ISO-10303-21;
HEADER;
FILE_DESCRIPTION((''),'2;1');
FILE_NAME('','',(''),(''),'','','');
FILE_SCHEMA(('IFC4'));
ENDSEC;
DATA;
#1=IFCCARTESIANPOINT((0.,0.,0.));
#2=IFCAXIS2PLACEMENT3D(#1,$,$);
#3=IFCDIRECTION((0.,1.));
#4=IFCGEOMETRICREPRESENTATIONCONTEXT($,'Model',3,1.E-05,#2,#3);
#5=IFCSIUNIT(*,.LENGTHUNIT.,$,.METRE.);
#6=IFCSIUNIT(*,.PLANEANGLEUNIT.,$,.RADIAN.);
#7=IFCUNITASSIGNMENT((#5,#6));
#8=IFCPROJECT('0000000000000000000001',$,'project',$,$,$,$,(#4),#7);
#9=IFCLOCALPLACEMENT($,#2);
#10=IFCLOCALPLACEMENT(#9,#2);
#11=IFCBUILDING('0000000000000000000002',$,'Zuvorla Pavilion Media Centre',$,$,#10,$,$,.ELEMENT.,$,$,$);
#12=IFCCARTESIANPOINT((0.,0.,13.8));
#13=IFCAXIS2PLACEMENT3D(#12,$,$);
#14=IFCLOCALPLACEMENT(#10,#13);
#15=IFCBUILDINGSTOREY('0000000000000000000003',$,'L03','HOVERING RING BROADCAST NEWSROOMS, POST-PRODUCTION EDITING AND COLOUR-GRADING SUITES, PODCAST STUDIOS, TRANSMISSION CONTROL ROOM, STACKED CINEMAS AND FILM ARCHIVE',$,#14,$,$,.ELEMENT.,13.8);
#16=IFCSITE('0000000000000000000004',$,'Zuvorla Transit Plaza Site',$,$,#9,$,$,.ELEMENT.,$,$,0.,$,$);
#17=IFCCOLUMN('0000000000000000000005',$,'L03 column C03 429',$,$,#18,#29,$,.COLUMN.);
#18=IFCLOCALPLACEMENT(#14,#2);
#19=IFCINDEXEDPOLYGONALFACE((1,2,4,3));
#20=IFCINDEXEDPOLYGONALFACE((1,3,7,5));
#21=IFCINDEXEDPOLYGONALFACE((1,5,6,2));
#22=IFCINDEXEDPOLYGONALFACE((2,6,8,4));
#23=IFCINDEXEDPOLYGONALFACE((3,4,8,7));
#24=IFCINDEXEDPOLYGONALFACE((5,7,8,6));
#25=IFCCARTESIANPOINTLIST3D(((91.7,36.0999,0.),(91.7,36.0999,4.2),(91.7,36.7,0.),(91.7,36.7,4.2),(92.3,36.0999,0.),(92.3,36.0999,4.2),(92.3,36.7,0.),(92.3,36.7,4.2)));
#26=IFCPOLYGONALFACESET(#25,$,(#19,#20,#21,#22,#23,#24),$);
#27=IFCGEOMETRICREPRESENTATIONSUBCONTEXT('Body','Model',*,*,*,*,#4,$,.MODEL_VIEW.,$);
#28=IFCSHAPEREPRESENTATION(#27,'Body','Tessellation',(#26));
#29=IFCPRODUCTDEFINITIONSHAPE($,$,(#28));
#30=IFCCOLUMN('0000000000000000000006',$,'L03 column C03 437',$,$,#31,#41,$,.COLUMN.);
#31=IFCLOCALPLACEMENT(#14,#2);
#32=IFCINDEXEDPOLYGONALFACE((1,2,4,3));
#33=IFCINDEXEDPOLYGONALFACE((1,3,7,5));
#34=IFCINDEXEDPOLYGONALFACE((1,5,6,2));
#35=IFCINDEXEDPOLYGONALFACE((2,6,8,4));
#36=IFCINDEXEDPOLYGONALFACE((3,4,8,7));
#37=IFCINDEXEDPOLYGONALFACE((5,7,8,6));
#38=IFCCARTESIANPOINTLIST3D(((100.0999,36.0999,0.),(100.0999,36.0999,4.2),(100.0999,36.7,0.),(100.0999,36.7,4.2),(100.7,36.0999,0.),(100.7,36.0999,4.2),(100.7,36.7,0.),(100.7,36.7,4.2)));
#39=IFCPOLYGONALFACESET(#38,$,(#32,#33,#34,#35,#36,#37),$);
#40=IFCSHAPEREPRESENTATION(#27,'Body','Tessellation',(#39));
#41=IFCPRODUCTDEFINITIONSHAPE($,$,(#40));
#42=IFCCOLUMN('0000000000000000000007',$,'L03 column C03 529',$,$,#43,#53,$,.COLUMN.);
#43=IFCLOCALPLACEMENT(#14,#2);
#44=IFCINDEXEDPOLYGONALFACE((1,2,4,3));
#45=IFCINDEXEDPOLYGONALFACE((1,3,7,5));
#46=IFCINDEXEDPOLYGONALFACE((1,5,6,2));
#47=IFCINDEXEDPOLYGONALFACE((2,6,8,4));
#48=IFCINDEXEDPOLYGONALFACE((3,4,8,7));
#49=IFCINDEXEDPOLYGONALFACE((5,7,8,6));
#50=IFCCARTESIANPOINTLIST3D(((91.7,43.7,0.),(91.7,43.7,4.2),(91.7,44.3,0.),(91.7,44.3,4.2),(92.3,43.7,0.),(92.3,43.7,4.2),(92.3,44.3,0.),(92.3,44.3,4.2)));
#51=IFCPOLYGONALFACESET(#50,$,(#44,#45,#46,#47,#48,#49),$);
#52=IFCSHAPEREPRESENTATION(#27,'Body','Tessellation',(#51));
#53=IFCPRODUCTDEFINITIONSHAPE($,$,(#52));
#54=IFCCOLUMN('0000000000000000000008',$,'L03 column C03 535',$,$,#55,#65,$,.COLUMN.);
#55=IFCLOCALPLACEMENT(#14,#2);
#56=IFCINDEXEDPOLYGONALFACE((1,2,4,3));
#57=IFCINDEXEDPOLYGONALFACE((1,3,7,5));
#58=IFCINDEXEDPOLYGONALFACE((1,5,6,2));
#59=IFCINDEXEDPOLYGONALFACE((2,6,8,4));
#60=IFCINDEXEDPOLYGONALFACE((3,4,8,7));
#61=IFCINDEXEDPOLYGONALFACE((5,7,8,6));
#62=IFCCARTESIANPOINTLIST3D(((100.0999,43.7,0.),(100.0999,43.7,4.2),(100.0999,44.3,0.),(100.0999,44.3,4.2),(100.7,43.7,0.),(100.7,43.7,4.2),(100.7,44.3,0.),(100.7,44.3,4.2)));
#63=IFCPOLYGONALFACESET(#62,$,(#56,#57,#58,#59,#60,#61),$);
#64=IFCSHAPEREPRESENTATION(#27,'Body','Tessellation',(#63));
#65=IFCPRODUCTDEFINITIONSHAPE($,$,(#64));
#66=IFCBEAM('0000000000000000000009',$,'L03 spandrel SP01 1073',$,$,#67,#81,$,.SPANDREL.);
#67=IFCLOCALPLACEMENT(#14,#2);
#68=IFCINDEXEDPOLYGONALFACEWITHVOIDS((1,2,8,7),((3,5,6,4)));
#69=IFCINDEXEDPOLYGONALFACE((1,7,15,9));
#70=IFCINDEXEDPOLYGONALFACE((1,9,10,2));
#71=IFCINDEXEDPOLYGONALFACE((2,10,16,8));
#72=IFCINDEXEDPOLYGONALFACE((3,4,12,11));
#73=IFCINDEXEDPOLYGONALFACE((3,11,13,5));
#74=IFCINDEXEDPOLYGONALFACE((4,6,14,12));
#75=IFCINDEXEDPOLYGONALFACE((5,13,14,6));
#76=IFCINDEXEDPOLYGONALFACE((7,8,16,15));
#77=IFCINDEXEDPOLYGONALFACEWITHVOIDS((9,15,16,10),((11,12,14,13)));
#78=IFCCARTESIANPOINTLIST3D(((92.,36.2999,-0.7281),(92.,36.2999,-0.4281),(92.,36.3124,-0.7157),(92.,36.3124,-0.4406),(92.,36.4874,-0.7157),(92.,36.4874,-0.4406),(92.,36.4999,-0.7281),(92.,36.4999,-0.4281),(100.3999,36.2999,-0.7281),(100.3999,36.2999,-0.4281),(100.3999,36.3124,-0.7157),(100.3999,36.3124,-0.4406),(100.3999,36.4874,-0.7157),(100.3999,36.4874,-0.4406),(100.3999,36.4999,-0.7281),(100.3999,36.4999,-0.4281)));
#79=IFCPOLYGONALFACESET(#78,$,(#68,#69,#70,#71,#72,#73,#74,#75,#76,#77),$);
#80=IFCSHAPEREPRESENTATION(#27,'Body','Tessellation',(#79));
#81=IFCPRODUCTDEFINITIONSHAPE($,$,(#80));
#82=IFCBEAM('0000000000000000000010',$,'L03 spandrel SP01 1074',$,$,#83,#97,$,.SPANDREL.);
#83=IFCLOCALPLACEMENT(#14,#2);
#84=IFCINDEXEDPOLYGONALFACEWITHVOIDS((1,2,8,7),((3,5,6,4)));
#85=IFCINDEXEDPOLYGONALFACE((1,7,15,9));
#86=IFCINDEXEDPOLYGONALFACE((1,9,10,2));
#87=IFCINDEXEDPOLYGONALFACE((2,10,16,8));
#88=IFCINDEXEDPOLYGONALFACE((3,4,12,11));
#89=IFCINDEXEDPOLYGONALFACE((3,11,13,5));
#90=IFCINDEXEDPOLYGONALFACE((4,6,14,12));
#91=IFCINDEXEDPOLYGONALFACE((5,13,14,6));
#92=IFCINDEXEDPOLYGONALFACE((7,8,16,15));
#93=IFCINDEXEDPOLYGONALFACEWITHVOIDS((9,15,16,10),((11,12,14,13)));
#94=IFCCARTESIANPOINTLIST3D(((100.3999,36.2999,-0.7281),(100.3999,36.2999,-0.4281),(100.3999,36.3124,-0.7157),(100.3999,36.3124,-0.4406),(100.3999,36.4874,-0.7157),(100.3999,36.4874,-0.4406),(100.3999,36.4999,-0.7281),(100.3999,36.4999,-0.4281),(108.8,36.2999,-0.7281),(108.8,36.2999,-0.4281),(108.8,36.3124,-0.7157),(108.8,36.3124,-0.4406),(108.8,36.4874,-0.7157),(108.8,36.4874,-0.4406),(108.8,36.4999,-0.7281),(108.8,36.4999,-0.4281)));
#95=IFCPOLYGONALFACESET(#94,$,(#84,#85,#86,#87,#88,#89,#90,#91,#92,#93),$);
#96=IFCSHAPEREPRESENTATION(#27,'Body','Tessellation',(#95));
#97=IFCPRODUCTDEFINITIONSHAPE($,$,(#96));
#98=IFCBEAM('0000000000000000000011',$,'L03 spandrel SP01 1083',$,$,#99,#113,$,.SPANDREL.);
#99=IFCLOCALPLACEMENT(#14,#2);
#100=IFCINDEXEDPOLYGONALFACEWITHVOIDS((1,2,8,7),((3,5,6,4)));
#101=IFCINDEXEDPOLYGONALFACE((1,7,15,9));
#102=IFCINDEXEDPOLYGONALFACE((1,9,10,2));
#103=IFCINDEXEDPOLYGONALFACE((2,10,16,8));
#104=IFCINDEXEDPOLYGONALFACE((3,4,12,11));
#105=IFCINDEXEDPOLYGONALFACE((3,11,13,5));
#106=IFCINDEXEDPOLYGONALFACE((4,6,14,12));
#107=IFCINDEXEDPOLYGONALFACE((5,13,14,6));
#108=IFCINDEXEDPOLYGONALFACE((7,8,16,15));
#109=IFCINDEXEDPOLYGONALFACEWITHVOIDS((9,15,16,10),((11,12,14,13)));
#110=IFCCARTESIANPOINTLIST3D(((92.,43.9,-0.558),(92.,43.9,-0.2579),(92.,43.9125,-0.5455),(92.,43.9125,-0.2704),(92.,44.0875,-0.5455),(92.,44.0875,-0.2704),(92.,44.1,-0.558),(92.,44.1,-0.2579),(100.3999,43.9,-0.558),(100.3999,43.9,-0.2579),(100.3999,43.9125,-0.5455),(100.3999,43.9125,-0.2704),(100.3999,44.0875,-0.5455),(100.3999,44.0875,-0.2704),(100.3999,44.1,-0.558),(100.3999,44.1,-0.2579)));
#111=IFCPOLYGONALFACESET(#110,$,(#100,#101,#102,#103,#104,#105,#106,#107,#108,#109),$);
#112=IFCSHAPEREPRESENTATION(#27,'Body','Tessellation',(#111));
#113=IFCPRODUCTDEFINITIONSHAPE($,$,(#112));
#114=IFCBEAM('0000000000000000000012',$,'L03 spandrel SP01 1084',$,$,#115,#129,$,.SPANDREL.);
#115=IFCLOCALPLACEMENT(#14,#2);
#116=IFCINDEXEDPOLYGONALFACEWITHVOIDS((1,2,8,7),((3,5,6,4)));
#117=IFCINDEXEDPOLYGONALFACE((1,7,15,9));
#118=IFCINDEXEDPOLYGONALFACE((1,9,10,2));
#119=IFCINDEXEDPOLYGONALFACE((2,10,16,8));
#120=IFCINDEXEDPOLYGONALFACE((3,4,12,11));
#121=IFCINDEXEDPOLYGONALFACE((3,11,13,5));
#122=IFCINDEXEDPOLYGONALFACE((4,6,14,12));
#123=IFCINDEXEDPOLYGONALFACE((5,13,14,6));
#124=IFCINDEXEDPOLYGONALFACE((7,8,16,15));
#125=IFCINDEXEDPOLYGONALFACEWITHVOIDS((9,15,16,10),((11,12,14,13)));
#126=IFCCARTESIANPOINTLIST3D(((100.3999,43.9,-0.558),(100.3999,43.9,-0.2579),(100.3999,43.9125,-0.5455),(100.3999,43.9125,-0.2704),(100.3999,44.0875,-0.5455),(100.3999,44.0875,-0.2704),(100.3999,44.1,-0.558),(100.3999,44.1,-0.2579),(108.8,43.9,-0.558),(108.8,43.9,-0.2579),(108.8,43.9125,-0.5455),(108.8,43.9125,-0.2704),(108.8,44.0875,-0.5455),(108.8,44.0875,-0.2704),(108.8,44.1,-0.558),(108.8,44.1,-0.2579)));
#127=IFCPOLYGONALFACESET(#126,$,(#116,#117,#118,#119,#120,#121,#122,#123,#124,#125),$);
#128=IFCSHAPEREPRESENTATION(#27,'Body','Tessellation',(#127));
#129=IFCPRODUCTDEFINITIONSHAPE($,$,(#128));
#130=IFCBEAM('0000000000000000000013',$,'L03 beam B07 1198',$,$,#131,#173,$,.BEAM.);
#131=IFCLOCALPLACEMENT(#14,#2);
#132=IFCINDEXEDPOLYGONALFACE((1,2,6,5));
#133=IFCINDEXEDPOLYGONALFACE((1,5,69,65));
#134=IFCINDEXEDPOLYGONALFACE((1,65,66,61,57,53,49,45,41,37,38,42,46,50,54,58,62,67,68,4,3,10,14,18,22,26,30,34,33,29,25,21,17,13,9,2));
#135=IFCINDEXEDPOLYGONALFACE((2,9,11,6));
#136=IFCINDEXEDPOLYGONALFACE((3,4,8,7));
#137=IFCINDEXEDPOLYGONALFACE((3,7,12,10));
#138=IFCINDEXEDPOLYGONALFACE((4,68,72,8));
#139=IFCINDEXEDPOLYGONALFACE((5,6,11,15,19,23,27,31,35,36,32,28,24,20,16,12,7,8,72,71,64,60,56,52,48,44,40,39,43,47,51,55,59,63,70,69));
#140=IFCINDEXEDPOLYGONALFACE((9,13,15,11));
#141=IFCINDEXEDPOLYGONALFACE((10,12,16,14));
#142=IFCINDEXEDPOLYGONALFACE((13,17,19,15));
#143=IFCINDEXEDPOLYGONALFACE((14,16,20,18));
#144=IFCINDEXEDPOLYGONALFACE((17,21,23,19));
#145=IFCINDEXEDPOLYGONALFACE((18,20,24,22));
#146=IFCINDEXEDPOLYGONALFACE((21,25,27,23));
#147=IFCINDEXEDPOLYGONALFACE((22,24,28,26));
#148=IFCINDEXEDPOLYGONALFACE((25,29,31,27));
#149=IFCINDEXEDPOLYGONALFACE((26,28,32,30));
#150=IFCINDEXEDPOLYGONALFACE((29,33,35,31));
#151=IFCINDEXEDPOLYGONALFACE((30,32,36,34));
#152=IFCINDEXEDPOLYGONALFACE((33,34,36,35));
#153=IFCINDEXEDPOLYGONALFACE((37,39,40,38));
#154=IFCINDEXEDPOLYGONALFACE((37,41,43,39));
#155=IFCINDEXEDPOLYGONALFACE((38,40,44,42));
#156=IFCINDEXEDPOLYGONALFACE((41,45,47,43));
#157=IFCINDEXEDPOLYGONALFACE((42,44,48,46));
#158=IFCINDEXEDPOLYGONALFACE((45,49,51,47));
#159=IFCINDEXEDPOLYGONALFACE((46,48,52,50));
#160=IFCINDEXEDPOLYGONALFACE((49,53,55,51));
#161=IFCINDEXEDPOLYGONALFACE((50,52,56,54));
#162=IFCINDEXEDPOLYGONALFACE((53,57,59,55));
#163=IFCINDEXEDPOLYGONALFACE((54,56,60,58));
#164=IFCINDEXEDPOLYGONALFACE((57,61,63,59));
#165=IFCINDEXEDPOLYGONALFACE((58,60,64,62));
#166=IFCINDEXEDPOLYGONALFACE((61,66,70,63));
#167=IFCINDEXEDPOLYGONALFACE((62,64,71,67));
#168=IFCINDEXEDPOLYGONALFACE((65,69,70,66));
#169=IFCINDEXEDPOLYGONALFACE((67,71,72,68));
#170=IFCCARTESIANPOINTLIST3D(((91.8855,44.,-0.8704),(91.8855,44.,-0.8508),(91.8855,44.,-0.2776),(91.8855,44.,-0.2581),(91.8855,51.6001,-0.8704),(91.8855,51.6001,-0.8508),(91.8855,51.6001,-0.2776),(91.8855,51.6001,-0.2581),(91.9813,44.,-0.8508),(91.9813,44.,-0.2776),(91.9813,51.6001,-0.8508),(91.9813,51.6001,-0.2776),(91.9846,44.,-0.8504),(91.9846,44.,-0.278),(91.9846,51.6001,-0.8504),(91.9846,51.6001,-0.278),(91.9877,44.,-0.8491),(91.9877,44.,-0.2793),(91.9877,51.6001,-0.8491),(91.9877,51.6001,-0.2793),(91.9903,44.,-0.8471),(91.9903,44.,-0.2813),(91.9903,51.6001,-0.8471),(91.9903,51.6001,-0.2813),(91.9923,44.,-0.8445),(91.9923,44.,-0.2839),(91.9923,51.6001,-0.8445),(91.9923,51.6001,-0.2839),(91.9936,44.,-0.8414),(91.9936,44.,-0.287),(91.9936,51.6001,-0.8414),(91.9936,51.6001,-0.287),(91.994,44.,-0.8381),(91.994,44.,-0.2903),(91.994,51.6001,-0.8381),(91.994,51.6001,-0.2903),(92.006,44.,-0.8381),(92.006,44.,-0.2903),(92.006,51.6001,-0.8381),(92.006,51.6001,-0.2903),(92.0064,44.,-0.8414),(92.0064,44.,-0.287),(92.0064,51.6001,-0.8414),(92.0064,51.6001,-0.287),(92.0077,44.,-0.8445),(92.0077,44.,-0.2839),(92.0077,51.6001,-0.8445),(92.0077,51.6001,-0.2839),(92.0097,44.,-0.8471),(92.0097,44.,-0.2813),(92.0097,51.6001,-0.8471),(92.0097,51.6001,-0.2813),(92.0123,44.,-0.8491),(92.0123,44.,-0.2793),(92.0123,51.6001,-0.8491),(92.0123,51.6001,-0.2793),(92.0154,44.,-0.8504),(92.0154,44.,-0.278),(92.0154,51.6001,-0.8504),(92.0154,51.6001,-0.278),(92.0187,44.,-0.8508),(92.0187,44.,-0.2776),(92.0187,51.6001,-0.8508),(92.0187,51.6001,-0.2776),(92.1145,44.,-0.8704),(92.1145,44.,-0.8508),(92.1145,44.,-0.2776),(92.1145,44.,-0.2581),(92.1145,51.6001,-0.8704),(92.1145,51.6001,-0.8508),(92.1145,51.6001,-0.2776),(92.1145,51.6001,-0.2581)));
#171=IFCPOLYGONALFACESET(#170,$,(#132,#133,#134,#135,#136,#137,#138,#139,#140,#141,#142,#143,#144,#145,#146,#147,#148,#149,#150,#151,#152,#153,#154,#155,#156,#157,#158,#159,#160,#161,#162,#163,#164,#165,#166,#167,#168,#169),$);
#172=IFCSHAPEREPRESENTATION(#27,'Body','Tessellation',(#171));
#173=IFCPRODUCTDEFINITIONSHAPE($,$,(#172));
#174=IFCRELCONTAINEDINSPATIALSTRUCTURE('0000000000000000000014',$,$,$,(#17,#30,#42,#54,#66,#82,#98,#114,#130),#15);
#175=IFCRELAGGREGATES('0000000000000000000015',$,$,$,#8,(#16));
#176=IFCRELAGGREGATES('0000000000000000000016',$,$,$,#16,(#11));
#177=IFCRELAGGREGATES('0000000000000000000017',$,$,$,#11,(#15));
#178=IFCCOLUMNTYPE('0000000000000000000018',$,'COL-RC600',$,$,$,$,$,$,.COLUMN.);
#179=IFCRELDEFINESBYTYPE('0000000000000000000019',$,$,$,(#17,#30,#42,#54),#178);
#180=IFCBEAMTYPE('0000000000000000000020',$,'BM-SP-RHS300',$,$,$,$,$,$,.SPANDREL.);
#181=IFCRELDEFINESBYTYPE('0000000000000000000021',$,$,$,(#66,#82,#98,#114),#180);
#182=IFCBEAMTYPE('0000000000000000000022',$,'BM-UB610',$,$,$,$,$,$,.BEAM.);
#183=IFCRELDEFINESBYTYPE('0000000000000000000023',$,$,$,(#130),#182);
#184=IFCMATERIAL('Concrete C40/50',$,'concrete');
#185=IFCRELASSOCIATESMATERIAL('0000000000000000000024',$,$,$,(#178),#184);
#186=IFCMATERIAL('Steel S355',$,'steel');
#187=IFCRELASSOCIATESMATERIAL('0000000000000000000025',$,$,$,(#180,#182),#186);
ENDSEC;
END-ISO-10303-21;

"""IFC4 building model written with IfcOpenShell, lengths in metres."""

from ifc_helpers import new_model, si_unit, direction, frame, origin, origin_2d, place, context, subcontext, project, spatial, rectangle, hollow_rectangle, i_section, extrude, material, material_profile, profile_set, type_object, element, save


model = new_model("IFC4")

# Units and contexts
model_context = context("Model", 3, precision=1e-05, world=origin(), true_north=direction((0.0, 1.0)))
body_context = subcontext(model_context, "Body", "Model", "MODEL_VIEW")
ifc_project = project(units=[si_unit("LENGTHUNIT", "METRE"), si_unit("PLANEANGLEUNIT", "RADIAN")], contexts=[model_context])

# Site, building, storey
site_placement = place(None, origin())
site = spatial("IfcSite", under=ifc_project, at=site_placement, Name="Zuvorla Transit Plaza Site", CompositionType="ELEMENT", RefElevation=0.0)
building_placement = place(site_placement, origin())
building = spatial("IfcBuilding", under=site, at=building_placement, Name="Zuvorla Pavilion Media Centre", CompositionType="ELEMENT")
storey_placement = place(building_placement, frame((0.0, 0.0, 13.8)))
storey = spatial("IfcBuildingStorey", under=building, at=storey_placement, Name="L03", Description="HOVERING RING BROADCAST NEWSROOMS, POST-PRODUCTION EDITING AND COLOUR-GRADING SUITES, PODCAST STUDIOS, TRANSMISSION CONTROL ROOM, STACKED CINEMAS AND FILM ARCHIVE", CompositionType="ELEMENT", Elevation=13.8)

# Columns
ifc_material_1 = material(Name="Concrete C40/50", Category="concrete")
ifc_material_profile_1 = material_profile(ifc_material_1, rectangle(XDim=0.6001, YDim=0.6001, at=origin_2d()), Name="RC 600x600")
ifc_profile_set_1 = profile_set([ifc_material_profile_1], Name="Concrete C40/50")
column_type = type_object("IfcColumnType", Name="COL-RC600", PredefinedType="COLUMN", material=ifc_profile_set_1)
for number, where, z_axis, x_axis, name in (
    (1, (92.0, 36.3999, 0.0), (0.0, 0.0, 1.0), (1.0, 0.0, 0.0), "L03 column C03 429"),
    (2, (100.3999, 36.3999, 0.0), (0.0, 0.0, 1.0), (1.0, 0.0, 0.0), "L03 column C03 437"),
    (3, (92.0, 44.0, 0.0), (0.0, 0.0, 1.0), (1.0, 0.0, 0.0), "L03 column C03 529"),
    (4, (100.3999, 44.0, 0.0), (0.0, 0.0, 1.0), (1.0, 0.0, 0.0), "L03 column C03 535"),
):
    element("IfcColumn", number, at=place(storey_placement, frame(where, z_axis=z_axis, x_axis=x_axis)), inside=storey, type_object=column_type, Name=name, PredefinedType="COLUMN", context=body_context, shape_type="SweptSolid", body=[
        extrude(rectangle(XDim=0.6001, YDim=0.6001, at=origin_2d()), origin(), (0.0, 0.0, 1.0), 4.2),
    ])

# Beams
ifc_material_2 = material(Name="Steel S355", Category="steel")
ifc_material_profile_2 = material_profile(ifc_material_2, hollow_rectangle(XDim=0.2, YDim=0.3, WallThickness=0.0125, at=origin_2d()), Name="RHS 300x200x12.5")
ifc_profile_set_2 = profile_set([ifc_material_profile_2], Name="Steel S355")
beam_type_1 = type_object("IfcBeamType", Name="BM-SP-RHS300", PredefinedType="SPANDREL", material=ifc_profile_set_2)
beam_1_placement = place(storey_placement, frame((92.0, 36.3999, -0.5781), z_axis=(1.0, 0.0, 0.0), x_axis=(0.0, 1.0, 0.0)))
element("IfcBeam", 5, at=beam_1_placement, inside=storey, type_object=beam_type_1, Name="L03 spandrel SP01 1073", PredefinedType="SPANDREL", context=body_context, shape_type="SweptSolid", body=[
    extrude(hollow_rectangle(XDim=0.2, YDim=0.3, WallThickness=0.0125, at=origin_2d()), origin(), (0.0, 0.0, 1.0), 8.3999),
])
beam_2_placement = place(storey_placement, frame((100.3999, 36.3999, -0.5781), z_axis=(1.0, 0.0, 0.0), x_axis=(0.0, 1.0, 0.0)))
element("IfcBeam", 6, at=beam_2_placement, inside=storey, type_object=beam_type_1, Name="L03 spandrel SP01 1074", PredefinedType="SPANDREL", context=body_context, shape_type="SweptSolid", body=[
    extrude(hollow_rectangle(XDim=0.2, YDim=0.3, WallThickness=0.0125, at=origin_2d()), origin(), (0.0, 0.0, 1.0), 8.4001),
])
beam_3_placement = place(storey_placement, frame((92.0, 44.0, -0.408), z_axis=(1.0, 0.0, 0.0), x_axis=(0.0, 1.0, 0.0)))
element("IfcBeam", 7, at=beam_3_placement, inside=storey, type_object=beam_type_1, Name="L03 spandrel SP01 1083", PredefinedType="SPANDREL", context=body_context, shape_type="SweptSolid", body=[
    extrude(hollow_rectangle(XDim=0.2, YDim=0.3, WallThickness=0.0125, at=origin_2d()), origin(), (0.0, 0.0, 1.0), 8.3999),
])
beam_4_placement = place(storey_placement, frame((100.3999, 44.0, -0.408), z_axis=(1.0, 0.0, 0.0), x_axis=(0.0, 1.0, 0.0)))
element("IfcBeam", 8, at=beam_4_placement, inside=storey, type_object=beam_type_1, Name="L03 spandrel SP01 1084", PredefinedType="SPANDREL", context=body_context, shape_type="SweptSolid", body=[
    extrude(hollow_rectangle(XDim=0.2, YDim=0.3, WallThickness=0.0125, at=origin_2d()), origin(), (0.0, 0.0, 1.0), 8.4001),
])
ifc_material_profile_3 = material_profile(ifc_material_2, i_section(OverallWidth=0.229, OverallDepth=0.6123, WebThickness=0.012, FlangeThickness=0.0195, FilletRadius=0.0127, at=origin_2d()), Name="UB 610x229x125")
ifc_profile_set_3 = profile_set([ifc_material_profile_3], Name="Steel S355")
beam_type_2 = type_object("IfcBeamType", Name="BM-UB610", PredefinedType="BEAM", material=ifc_profile_set_3)
for number, where, z_axis, x_axis, name in (
    (9, (92.0, 44.0, -0.5642), (0.0, 1.0, 0.0), (-1.0, 0.0, 0.0), "L03 beam B07 1198"),
):
    element("IfcBeam", number, at=place(storey_placement, frame(where, z_axis=z_axis, x_axis=x_axis)), inside=storey, type_object=beam_type_2, Name=name, PredefinedType="BEAM", context=body_context, shape_type="SweptSolid", body=[
        extrude(i_section(OverallWidth=0.229, OverallDepth=0.6123, WebThickness=0.012, FlangeThickness=0.0195, FilletRadius=0.0127, at=origin_2d()), origin(), (0.0, 0.0, 1.0), 7.6001),
    ])

save(model, "model.ifc")
